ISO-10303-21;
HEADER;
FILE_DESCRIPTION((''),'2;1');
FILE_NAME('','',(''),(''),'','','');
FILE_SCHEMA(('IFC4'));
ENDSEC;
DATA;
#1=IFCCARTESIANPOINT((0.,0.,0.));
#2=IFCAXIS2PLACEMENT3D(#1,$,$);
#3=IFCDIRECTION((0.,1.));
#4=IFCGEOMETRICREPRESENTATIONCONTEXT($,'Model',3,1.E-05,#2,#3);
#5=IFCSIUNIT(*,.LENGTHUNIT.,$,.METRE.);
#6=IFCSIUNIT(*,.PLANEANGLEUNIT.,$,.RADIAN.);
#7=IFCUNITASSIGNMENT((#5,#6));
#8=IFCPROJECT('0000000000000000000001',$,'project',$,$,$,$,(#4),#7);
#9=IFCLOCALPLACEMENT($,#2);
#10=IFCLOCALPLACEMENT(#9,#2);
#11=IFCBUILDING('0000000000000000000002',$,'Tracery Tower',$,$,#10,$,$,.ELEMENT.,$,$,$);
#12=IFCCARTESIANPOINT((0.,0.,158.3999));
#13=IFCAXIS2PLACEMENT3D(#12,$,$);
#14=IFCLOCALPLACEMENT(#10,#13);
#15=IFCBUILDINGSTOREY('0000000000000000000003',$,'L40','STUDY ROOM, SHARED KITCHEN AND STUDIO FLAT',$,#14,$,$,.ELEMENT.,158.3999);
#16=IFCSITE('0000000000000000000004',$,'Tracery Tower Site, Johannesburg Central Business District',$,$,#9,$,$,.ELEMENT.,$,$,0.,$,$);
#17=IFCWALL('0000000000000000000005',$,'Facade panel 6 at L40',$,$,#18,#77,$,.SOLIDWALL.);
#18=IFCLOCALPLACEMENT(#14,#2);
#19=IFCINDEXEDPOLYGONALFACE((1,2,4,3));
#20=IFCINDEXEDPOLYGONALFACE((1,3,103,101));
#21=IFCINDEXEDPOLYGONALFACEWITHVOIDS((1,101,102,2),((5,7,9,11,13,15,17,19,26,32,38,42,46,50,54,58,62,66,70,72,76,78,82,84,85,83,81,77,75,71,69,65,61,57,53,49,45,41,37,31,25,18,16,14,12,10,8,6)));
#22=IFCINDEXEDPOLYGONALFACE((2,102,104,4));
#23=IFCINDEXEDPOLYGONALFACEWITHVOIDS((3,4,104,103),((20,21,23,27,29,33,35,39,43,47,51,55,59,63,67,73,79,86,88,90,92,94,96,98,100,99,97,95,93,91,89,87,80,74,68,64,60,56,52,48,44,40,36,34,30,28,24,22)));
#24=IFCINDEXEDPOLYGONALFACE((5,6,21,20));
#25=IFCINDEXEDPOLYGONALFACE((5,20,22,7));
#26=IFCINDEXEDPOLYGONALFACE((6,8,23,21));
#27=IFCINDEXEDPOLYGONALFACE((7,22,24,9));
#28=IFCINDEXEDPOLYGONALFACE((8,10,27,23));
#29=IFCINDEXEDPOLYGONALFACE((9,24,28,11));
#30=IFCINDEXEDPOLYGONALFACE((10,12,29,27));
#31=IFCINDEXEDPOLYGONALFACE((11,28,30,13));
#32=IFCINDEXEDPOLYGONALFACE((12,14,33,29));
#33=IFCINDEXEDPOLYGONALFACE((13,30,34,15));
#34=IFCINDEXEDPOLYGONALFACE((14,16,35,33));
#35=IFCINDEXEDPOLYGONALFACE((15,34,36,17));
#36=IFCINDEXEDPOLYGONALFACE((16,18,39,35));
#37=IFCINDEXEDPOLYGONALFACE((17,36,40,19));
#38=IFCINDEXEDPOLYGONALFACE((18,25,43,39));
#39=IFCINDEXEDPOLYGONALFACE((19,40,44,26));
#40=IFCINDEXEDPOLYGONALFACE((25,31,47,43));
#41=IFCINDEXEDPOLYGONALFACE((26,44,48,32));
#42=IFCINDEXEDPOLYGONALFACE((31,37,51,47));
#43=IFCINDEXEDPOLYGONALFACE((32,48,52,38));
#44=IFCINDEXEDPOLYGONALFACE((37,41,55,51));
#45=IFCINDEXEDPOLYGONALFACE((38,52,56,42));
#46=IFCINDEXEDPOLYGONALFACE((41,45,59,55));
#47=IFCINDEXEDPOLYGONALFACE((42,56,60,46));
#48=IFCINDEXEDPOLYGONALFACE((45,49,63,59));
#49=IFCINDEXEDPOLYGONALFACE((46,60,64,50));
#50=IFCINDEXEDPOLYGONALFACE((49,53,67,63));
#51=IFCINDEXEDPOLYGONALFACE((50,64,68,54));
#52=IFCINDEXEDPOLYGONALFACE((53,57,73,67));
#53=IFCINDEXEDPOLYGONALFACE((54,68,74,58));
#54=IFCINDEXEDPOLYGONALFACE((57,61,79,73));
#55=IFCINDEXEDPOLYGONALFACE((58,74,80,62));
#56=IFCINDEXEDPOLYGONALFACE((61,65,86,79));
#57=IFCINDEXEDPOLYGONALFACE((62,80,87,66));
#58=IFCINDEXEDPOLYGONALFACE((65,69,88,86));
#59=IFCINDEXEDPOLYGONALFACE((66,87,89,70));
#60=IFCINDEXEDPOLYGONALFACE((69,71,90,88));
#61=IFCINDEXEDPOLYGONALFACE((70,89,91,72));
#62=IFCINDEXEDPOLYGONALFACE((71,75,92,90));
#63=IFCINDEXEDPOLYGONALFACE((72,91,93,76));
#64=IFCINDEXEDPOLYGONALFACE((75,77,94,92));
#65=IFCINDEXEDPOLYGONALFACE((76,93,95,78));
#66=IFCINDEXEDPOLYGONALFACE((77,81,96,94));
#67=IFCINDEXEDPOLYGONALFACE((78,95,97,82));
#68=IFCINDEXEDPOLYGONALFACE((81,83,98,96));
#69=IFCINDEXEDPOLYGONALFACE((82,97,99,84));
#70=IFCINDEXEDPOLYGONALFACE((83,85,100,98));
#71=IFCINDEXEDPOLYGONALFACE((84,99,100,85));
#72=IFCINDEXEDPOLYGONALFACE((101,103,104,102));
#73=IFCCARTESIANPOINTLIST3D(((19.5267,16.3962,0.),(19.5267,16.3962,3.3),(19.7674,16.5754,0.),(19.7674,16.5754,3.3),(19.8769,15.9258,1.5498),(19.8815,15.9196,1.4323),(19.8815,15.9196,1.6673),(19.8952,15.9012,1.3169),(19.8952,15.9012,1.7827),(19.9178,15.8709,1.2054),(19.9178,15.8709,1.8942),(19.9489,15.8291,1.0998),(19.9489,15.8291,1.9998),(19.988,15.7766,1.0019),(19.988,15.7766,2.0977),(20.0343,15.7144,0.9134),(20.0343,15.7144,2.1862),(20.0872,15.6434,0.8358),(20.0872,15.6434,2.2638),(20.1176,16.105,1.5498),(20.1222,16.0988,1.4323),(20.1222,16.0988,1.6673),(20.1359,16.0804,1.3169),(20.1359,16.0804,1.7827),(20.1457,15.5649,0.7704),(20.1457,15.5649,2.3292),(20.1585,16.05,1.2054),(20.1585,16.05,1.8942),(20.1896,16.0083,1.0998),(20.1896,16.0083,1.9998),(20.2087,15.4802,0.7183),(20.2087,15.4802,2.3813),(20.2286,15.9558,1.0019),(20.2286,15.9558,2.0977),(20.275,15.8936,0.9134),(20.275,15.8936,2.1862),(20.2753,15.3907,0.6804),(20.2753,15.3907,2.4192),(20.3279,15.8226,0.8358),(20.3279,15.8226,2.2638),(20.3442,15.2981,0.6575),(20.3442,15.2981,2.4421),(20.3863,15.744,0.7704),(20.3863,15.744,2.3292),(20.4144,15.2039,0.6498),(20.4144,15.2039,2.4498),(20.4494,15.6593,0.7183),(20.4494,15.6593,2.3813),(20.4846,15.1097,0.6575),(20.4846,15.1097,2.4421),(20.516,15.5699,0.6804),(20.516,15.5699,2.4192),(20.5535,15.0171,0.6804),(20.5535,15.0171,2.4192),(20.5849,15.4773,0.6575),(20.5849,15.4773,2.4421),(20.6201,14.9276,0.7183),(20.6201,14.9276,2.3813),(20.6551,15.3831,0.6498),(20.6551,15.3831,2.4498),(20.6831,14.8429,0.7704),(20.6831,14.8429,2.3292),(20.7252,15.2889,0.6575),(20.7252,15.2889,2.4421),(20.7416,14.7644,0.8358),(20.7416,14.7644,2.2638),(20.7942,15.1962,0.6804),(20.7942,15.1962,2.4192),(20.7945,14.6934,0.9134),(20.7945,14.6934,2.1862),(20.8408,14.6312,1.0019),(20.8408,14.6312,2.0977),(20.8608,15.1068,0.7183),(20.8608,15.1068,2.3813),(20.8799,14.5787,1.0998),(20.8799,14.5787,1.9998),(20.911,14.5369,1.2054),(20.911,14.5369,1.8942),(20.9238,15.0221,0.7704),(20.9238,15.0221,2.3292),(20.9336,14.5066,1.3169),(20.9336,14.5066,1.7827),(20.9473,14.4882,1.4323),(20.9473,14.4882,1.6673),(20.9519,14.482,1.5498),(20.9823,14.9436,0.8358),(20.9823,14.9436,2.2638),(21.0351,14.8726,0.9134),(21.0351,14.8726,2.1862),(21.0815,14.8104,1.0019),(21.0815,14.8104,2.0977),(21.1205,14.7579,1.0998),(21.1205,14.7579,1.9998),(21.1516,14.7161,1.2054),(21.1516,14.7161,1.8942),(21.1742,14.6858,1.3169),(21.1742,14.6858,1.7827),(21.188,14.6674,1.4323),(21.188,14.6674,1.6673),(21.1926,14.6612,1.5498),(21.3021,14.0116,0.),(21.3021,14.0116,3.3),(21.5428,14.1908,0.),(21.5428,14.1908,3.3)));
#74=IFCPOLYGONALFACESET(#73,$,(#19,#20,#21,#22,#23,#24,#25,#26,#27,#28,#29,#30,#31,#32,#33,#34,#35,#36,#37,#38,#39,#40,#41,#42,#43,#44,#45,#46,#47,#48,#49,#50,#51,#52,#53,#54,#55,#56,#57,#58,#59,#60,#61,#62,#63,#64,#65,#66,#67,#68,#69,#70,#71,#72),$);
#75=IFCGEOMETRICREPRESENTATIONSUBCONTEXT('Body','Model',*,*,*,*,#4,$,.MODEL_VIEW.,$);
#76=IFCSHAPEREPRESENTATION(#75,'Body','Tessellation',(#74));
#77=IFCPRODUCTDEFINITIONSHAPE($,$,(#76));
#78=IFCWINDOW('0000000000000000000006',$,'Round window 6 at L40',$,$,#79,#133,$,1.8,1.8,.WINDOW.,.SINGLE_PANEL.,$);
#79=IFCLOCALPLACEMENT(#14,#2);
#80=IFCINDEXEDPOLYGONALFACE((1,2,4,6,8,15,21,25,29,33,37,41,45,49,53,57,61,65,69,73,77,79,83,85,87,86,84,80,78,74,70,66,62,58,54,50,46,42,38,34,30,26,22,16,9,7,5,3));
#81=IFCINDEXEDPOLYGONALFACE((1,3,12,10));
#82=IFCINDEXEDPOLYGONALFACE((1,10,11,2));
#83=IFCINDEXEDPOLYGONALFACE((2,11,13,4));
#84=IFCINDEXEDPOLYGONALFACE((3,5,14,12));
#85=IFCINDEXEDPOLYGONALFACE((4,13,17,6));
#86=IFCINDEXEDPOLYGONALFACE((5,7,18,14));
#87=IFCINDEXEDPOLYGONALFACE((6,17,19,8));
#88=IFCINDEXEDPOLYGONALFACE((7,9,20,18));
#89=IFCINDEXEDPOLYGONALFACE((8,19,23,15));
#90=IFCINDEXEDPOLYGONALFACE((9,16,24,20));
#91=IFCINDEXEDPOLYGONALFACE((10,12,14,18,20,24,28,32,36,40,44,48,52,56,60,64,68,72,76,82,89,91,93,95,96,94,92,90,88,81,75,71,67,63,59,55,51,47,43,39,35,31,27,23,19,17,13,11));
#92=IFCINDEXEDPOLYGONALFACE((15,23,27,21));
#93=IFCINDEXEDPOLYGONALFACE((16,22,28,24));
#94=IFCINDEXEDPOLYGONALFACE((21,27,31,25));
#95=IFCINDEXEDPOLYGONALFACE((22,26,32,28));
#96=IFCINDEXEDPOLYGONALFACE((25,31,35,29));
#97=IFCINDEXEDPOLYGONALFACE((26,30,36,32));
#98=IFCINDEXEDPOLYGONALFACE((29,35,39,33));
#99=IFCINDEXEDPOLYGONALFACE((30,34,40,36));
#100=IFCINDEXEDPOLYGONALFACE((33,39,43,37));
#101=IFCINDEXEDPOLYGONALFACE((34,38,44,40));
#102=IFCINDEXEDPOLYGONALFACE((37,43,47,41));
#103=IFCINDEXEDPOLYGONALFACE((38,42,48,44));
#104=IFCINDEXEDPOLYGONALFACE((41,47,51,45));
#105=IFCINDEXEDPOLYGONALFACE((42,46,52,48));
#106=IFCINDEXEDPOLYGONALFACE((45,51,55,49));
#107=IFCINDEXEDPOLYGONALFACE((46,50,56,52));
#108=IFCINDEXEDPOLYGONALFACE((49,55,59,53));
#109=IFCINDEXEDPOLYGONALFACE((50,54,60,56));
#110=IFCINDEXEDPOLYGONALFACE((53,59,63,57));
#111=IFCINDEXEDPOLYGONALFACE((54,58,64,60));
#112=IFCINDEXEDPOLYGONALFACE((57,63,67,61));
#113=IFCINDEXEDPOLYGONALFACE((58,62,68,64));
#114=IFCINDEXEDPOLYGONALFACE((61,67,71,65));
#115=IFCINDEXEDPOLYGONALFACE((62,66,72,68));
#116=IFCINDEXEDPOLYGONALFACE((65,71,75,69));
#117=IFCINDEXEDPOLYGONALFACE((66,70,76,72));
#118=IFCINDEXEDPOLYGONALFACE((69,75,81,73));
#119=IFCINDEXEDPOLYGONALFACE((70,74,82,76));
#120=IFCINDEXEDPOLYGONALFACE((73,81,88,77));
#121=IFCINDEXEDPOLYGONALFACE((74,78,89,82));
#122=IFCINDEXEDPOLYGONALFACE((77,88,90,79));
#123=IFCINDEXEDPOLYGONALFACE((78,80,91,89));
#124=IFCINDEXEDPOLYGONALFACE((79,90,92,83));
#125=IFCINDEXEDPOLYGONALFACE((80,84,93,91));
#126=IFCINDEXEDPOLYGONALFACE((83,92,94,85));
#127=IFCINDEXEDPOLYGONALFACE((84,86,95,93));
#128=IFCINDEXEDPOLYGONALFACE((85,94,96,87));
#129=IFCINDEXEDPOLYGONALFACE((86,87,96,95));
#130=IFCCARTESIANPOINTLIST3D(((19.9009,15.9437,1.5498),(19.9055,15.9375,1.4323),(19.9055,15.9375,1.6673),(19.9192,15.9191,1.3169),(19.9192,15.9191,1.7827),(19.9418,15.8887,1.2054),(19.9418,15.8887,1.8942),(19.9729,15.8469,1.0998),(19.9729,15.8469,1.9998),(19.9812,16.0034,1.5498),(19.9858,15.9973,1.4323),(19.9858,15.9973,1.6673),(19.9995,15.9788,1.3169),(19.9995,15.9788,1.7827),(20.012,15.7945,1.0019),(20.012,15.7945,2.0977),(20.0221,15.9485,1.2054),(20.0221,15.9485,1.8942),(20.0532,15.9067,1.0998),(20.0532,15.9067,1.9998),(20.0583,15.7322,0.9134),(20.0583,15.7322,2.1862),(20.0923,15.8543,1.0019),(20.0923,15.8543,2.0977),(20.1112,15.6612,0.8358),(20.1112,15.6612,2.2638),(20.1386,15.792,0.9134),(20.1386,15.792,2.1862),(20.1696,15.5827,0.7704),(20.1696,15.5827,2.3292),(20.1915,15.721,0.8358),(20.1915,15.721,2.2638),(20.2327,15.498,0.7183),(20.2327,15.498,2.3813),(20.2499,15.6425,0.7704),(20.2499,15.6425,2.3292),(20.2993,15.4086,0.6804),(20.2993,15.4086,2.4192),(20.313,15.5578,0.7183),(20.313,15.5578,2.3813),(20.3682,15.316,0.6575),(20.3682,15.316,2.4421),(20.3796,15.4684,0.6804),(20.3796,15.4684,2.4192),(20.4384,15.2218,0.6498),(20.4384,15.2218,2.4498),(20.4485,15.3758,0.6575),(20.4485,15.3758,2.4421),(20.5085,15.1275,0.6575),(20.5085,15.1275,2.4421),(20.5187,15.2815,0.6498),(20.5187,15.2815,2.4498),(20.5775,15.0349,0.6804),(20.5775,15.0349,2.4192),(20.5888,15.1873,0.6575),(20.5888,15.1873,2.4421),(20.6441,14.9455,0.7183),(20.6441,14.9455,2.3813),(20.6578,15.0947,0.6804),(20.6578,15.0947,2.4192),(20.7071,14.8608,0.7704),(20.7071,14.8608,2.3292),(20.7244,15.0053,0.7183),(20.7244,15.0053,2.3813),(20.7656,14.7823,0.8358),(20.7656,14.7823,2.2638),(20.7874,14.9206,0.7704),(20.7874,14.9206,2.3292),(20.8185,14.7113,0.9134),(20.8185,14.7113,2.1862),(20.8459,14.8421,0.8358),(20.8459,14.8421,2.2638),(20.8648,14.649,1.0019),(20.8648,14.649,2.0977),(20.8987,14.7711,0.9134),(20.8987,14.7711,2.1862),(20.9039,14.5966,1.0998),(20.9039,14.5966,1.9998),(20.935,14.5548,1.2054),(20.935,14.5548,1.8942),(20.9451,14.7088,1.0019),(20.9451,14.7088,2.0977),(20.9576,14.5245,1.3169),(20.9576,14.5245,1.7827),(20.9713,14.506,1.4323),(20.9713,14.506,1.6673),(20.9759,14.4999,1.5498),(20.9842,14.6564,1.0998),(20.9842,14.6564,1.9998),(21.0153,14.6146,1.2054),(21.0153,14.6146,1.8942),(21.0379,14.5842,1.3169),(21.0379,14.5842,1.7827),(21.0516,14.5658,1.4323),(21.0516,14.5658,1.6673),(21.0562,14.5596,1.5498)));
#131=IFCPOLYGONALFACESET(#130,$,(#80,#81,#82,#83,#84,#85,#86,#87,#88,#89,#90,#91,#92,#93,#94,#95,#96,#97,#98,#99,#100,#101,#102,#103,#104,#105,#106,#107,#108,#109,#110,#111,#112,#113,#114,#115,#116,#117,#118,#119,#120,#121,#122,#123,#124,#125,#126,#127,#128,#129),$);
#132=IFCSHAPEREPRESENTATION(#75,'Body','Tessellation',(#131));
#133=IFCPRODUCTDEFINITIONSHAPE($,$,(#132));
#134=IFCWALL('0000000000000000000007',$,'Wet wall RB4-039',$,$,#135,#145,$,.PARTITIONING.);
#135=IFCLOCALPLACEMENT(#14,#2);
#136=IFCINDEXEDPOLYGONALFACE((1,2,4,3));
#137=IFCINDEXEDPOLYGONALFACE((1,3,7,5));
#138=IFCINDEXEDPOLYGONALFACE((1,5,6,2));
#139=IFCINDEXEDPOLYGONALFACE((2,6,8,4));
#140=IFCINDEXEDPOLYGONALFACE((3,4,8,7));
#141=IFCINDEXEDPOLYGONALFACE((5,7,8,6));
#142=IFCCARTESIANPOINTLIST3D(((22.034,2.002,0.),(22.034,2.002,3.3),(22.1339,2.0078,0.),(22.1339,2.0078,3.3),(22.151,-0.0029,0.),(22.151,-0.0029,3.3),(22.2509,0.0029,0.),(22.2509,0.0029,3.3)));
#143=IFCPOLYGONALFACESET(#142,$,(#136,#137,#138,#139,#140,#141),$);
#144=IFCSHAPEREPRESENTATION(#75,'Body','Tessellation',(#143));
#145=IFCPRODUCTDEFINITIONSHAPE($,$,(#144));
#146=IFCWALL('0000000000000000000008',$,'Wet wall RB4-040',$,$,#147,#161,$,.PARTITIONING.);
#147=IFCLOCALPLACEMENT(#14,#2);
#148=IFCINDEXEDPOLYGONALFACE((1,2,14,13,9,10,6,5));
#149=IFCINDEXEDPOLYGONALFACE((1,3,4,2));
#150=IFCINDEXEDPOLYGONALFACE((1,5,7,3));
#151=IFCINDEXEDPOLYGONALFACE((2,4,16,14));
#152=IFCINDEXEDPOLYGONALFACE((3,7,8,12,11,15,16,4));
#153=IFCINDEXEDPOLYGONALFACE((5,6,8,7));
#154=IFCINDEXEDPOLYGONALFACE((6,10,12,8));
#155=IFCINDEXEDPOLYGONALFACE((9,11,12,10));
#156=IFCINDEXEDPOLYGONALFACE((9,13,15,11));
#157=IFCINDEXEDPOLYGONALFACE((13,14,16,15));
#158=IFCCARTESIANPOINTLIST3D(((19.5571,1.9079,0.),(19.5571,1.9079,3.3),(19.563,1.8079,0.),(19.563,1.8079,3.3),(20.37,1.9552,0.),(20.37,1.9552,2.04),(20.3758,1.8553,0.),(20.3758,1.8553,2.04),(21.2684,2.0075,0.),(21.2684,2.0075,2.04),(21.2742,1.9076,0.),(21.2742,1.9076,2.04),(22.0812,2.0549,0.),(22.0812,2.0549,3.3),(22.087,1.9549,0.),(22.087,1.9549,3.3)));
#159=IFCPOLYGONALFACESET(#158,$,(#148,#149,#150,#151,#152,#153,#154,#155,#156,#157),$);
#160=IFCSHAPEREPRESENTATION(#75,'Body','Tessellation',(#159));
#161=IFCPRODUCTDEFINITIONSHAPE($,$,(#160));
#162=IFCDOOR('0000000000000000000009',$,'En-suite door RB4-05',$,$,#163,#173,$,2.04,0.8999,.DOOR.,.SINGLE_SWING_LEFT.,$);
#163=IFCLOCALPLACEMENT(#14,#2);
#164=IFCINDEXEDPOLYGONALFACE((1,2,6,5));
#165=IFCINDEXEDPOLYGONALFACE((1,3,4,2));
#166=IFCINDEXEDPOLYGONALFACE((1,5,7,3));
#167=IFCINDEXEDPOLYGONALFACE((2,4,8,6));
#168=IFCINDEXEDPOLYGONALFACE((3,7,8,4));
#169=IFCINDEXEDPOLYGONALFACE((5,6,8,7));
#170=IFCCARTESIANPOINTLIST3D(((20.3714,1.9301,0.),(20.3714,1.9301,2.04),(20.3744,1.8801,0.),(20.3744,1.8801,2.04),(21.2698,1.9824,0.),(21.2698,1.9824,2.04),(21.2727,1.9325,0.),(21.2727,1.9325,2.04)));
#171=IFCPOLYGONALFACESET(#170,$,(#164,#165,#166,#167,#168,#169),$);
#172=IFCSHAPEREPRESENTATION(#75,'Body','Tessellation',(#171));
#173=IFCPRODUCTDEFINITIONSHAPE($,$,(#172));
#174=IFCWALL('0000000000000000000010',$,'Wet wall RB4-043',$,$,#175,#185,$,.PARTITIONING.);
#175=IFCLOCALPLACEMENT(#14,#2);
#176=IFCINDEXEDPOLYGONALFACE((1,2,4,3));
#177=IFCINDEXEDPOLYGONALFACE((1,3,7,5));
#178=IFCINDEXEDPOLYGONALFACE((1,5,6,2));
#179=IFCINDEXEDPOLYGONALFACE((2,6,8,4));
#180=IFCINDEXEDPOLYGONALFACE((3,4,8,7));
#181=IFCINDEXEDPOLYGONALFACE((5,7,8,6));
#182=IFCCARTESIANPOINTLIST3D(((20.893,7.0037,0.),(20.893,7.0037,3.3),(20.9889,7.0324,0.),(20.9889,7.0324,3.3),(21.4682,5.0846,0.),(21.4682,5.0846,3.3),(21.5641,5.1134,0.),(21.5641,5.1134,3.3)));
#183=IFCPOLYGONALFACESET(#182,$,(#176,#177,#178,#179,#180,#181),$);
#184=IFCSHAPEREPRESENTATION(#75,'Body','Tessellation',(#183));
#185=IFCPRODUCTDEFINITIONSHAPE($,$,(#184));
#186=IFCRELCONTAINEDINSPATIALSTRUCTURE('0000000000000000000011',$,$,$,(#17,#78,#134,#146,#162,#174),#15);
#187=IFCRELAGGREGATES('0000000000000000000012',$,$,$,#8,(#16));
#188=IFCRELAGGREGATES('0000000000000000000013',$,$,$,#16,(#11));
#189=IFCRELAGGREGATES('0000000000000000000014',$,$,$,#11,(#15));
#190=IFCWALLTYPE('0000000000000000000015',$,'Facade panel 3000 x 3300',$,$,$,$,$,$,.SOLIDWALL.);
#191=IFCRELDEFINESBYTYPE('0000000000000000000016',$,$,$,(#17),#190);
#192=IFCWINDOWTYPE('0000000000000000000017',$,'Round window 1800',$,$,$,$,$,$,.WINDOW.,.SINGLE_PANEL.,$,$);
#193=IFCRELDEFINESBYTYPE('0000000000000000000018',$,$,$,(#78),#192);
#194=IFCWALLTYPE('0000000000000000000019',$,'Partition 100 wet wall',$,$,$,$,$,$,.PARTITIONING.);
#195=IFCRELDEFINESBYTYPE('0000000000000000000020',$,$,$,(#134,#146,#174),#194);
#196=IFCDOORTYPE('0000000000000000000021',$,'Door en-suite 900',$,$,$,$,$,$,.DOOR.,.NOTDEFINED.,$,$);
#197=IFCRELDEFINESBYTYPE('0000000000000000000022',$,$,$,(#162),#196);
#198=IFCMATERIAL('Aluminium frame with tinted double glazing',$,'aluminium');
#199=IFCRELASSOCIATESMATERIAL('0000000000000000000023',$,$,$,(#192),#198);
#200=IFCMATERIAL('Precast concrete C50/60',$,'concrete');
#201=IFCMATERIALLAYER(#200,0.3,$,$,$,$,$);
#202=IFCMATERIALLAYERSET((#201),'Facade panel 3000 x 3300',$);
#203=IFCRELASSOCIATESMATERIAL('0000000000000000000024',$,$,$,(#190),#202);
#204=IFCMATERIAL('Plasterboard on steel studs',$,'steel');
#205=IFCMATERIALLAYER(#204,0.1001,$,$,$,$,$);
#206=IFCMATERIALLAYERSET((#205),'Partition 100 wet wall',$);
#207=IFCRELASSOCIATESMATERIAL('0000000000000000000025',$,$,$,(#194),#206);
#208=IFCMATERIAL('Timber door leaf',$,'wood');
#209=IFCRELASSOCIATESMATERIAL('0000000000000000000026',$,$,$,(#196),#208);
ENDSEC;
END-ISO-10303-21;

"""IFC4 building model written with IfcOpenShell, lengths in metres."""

from ifc_helpers import new_model, si_unit, direction, frame, frame_2d, origin, origin_2d, place, context, subcontext, project, spatial, rectangle, circle, extrude, material, layer, layer_set, type_object, element, fill, save


model = new_model("IFC4")

# Units and contexts
model_context = context("Model", 3, precision=1e-05, world=origin(), true_north=direction((0.0, 1.0)))
body_context = subcontext(model_context, "Body", "Model", "MODEL_VIEW")
ifc_project = project(units=[si_unit("LENGTHUNIT", "METRE"), si_unit("PLANEANGLEUNIT", "RADIAN")], contexts=[model_context])

# Site, building, storey
site_placement = place(None, origin())
site = spatial("IfcSite", under=ifc_project, at=site_placement, Name="Tracery Tower Site, Johannesburg Central Business District", CompositionType="ELEMENT", RefElevation=0.0)
building_placement = place(site_placement, origin())
building = spatial("IfcBuilding", under=site, at=building_placement, Name="Tracery Tower", CompositionType="ELEMENT")
storey_placement = place(building_placement, frame((0.0, 0.0, 158.3999)))
storey = spatial("IfcBuildingStorey", under=building, at=storey_placement, Name="L40", Description="STUDY ROOM, SHARED KITCHEN AND STUDIO FLAT", CompositionType="ELEMENT", Elevation=158.3999)

# Wall, opening, window
ifc_material_1 = material(Name="Aluminium frame with tinted double glazing", Category="aluminium")
window_type = type_object("IfcWindowType", Name="Round window 1800", PartitioningType="SINGLE_PANEL", PredefinedType="WINDOW", material=ifc_material_1)
ifc_material_2 = material(Name="Precast concrete C50/60", Category="concrete")
ifc_layer_1 = layer(ifc_material_2, 0.3)
ifc_layer_set_1 = layer_set([ifc_layer_1], Name="Facade panel 3000 x 3300")
wall_type_1 = type_object("IfcWallType", Name="Facade panel 3000 x 3300", PredefinedType="SOLIDWALL", material=ifc_layer_set_1)
wall_1_placement = place(storey_placement, frame((21.4224, 14.1013, 0.0), z_axis=(0.0, 0.0, 1.0), x_axis=(-0.597198, 0.802094, 0.0)))
wall_1 = element("IfcWall", 1, at=wall_1_placement, inside=storey, type_object=wall_type_1, Name="Facade panel 6 at L40", PredefinedType="SOLIDWALL", context=body_context, shape_type="SweptSolid", body=[
    extrude(rectangle(XDim=2.9729, YDim=0.3, at=frame_2d((1.4863, 0.0))), origin(), (0.0, 0.0, 1.0), 3.3),
])
opening_1_placement = place(wall_1_placement, frame((1.4863, 0.0, 1.5498)))
opening_1 = element("IfcOpeningElement", 2, at=opening_1_placement, cuts=wall_1, PredefinedType="OPENING", context=body_context, shape_type="SweptSolid", body=[
    extrude(circle(Radius=0.9, at=origin_2d()), frame((0.0, 0.1599, 0.0), z_axis=(0.0, -1.0, 0.0), x_axis=(1.0, 0.0, 0.0)), (0.0, 0.0, 1.0), 0.3201),
])
window_1_placement = place(opening_1_placement, origin())
window_1 = element("IfcWindow", 3, at=window_1_placement, inside=storey, type_object=window_type, Name="Round window 6 at L40", OverallHeight=1.8, OverallWidth=1.8, PartitioningType="SINGLE_PANEL", PredefinedType="WINDOW", context=body_context, shape_type="SweptSolid", body=[
    extrude(circle(Radius=0.9, at=origin_2d()), frame((0.0, 0.1201, 0.0), z_axis=(0.0, -1.0, 0.0), x_axis=(1.0, 0.0, 0.0)), (0.0, 0.0, 1.0), 0.1001),
])
fill(opening_1, window_1)

# Wall
ifc_material_3 = material(Name="Plasterboard on steel studs", Category="steel")
ifc_layer_2 = layer(ifc_material_3, 0.1001)
ifc_layer_set_2 = layer_set([ifc_layer_2], Name="Partition 100 wet wall")
wall_type_2 = type_object("IfcWallType", Name="Partition 100 wet wall", PredefinedType="PARTITIONING", material=ifc_layer_set_2)
wall_2_placement = place(storey_placement, frame((22.084, 2.0049, 0.0), z_axis=(0.0, 0.0, 1.0), x_axis=(0.05823, -0.998303, 0.0)))
element("IfcWall", 4, at=wall_2_placement, inside=storey, type_object=wall_type_2, Name="Wet wall RB4-039", PredefinedType="PARTITIONING", context=body_context, shape_type="SweptSolid", body=[
    extrude(rectangle(XDim=2.0083, YDim=0.1001, at=frame_2d((1.0042, 0.0))), origin(), (0.0, 0.0, 1.0), 3.3),
])

# Wall, opening, door
wall_3_placement = place(storey_placement, frame((19.5601, 1.8579, 0.0), z_axis=(0.0, 0.0, 1.0), x_axis=(0.998309, 0.058133, 0.0)))
wall_3 = element("IfcWall", 5, at=wall_3_placement, inside=storey, type_object=wall_type_2, Name="Wet wall RB4-040", PredefinedType="PARTITIONING", context=body_context, shape_type="SweptSolid", body=[
    extrude(rectangle(XDim=2.5283, YDim=0.1001, at=frame_2d((1.2642, 0.0))), origin(), (0.0, 0.0, 1.0), 3.3),
])
opening_2_placement = place(wall_3_placement, frame((0.8142, 0.0, 0.0)))
opening_2 = element("IfcOpeningElement", 6, at=opening_2_placement, cuts=wall_3, PredefinedType="OPENING", context=body_context, shape_type="SweptSolid", body=[
    extrude(rectangle(XDim=0.8999, YDim=2.04, at=frame_2d((0.45, 1.02))), frame((0.0, 0.05, 0.0), z_axis=(0.0, -1.0, 0.0), x_axis=(1.0, 0.0, 0.0)), (0.0, 0.0, 1.0), 0.1001),
])
ifc_material_4 = material(Name="Timber door leaf", Category="wood")
door_type = type_object("IfcDoorType", Name="Door en-suite 900", OperationType="NOTDEFINED", PredefinedType="DOOR", material=ifc_material_4)
door_1_placement = place(opening_2_placement, origin())
door_1 = element("IfcDoor", 7, at=door_1_placement, inside=storey, type_object=door_type, Name="En-suite door RB4-05", OperationType="SINGLE_SWING_LEFT", OverallHeight=2.04, OverallWidth=0.8999, PredefinedType="DOOR", context=body_context, shape_type="SweptSolid", body=[
    extrude(rectangle(XDim=0.8999, YDim=2.04, at=frame_2d((0.45, 1.02))), frame((0.0, 0.0249, 0.0), z_axis=(0.0, -1.0, 0.0), x_axis=(1.0, 0.0, 0.0)), (0.0, 0.0, 1.0), 0.05),
])
fill(opening_2, door_1)

# Wall
wall_4_placement = place(storey_placement, frame((20.9409, 7.0181, 0.0), z_axis=(0.0, 0.0, 1.0), x_axis=(0.287124, -0.957893, 0.0)))
element("IfcWall", 8, at=wall_4_placement, inside=storey, type_object=wall_type_2, Name="Wet wall RB4-043", PredefinedType="PARTITIONING", context=body_context, shape_type="SweptSolid", body=[
    extrude(rectangle(XDim=2.0034, YDim=0.1001, at=frame_2d((1.0017, 0.0))), origin(), (0.0, 0.0, 1.0), 3.3),
])

save(model, "model.ifc")
